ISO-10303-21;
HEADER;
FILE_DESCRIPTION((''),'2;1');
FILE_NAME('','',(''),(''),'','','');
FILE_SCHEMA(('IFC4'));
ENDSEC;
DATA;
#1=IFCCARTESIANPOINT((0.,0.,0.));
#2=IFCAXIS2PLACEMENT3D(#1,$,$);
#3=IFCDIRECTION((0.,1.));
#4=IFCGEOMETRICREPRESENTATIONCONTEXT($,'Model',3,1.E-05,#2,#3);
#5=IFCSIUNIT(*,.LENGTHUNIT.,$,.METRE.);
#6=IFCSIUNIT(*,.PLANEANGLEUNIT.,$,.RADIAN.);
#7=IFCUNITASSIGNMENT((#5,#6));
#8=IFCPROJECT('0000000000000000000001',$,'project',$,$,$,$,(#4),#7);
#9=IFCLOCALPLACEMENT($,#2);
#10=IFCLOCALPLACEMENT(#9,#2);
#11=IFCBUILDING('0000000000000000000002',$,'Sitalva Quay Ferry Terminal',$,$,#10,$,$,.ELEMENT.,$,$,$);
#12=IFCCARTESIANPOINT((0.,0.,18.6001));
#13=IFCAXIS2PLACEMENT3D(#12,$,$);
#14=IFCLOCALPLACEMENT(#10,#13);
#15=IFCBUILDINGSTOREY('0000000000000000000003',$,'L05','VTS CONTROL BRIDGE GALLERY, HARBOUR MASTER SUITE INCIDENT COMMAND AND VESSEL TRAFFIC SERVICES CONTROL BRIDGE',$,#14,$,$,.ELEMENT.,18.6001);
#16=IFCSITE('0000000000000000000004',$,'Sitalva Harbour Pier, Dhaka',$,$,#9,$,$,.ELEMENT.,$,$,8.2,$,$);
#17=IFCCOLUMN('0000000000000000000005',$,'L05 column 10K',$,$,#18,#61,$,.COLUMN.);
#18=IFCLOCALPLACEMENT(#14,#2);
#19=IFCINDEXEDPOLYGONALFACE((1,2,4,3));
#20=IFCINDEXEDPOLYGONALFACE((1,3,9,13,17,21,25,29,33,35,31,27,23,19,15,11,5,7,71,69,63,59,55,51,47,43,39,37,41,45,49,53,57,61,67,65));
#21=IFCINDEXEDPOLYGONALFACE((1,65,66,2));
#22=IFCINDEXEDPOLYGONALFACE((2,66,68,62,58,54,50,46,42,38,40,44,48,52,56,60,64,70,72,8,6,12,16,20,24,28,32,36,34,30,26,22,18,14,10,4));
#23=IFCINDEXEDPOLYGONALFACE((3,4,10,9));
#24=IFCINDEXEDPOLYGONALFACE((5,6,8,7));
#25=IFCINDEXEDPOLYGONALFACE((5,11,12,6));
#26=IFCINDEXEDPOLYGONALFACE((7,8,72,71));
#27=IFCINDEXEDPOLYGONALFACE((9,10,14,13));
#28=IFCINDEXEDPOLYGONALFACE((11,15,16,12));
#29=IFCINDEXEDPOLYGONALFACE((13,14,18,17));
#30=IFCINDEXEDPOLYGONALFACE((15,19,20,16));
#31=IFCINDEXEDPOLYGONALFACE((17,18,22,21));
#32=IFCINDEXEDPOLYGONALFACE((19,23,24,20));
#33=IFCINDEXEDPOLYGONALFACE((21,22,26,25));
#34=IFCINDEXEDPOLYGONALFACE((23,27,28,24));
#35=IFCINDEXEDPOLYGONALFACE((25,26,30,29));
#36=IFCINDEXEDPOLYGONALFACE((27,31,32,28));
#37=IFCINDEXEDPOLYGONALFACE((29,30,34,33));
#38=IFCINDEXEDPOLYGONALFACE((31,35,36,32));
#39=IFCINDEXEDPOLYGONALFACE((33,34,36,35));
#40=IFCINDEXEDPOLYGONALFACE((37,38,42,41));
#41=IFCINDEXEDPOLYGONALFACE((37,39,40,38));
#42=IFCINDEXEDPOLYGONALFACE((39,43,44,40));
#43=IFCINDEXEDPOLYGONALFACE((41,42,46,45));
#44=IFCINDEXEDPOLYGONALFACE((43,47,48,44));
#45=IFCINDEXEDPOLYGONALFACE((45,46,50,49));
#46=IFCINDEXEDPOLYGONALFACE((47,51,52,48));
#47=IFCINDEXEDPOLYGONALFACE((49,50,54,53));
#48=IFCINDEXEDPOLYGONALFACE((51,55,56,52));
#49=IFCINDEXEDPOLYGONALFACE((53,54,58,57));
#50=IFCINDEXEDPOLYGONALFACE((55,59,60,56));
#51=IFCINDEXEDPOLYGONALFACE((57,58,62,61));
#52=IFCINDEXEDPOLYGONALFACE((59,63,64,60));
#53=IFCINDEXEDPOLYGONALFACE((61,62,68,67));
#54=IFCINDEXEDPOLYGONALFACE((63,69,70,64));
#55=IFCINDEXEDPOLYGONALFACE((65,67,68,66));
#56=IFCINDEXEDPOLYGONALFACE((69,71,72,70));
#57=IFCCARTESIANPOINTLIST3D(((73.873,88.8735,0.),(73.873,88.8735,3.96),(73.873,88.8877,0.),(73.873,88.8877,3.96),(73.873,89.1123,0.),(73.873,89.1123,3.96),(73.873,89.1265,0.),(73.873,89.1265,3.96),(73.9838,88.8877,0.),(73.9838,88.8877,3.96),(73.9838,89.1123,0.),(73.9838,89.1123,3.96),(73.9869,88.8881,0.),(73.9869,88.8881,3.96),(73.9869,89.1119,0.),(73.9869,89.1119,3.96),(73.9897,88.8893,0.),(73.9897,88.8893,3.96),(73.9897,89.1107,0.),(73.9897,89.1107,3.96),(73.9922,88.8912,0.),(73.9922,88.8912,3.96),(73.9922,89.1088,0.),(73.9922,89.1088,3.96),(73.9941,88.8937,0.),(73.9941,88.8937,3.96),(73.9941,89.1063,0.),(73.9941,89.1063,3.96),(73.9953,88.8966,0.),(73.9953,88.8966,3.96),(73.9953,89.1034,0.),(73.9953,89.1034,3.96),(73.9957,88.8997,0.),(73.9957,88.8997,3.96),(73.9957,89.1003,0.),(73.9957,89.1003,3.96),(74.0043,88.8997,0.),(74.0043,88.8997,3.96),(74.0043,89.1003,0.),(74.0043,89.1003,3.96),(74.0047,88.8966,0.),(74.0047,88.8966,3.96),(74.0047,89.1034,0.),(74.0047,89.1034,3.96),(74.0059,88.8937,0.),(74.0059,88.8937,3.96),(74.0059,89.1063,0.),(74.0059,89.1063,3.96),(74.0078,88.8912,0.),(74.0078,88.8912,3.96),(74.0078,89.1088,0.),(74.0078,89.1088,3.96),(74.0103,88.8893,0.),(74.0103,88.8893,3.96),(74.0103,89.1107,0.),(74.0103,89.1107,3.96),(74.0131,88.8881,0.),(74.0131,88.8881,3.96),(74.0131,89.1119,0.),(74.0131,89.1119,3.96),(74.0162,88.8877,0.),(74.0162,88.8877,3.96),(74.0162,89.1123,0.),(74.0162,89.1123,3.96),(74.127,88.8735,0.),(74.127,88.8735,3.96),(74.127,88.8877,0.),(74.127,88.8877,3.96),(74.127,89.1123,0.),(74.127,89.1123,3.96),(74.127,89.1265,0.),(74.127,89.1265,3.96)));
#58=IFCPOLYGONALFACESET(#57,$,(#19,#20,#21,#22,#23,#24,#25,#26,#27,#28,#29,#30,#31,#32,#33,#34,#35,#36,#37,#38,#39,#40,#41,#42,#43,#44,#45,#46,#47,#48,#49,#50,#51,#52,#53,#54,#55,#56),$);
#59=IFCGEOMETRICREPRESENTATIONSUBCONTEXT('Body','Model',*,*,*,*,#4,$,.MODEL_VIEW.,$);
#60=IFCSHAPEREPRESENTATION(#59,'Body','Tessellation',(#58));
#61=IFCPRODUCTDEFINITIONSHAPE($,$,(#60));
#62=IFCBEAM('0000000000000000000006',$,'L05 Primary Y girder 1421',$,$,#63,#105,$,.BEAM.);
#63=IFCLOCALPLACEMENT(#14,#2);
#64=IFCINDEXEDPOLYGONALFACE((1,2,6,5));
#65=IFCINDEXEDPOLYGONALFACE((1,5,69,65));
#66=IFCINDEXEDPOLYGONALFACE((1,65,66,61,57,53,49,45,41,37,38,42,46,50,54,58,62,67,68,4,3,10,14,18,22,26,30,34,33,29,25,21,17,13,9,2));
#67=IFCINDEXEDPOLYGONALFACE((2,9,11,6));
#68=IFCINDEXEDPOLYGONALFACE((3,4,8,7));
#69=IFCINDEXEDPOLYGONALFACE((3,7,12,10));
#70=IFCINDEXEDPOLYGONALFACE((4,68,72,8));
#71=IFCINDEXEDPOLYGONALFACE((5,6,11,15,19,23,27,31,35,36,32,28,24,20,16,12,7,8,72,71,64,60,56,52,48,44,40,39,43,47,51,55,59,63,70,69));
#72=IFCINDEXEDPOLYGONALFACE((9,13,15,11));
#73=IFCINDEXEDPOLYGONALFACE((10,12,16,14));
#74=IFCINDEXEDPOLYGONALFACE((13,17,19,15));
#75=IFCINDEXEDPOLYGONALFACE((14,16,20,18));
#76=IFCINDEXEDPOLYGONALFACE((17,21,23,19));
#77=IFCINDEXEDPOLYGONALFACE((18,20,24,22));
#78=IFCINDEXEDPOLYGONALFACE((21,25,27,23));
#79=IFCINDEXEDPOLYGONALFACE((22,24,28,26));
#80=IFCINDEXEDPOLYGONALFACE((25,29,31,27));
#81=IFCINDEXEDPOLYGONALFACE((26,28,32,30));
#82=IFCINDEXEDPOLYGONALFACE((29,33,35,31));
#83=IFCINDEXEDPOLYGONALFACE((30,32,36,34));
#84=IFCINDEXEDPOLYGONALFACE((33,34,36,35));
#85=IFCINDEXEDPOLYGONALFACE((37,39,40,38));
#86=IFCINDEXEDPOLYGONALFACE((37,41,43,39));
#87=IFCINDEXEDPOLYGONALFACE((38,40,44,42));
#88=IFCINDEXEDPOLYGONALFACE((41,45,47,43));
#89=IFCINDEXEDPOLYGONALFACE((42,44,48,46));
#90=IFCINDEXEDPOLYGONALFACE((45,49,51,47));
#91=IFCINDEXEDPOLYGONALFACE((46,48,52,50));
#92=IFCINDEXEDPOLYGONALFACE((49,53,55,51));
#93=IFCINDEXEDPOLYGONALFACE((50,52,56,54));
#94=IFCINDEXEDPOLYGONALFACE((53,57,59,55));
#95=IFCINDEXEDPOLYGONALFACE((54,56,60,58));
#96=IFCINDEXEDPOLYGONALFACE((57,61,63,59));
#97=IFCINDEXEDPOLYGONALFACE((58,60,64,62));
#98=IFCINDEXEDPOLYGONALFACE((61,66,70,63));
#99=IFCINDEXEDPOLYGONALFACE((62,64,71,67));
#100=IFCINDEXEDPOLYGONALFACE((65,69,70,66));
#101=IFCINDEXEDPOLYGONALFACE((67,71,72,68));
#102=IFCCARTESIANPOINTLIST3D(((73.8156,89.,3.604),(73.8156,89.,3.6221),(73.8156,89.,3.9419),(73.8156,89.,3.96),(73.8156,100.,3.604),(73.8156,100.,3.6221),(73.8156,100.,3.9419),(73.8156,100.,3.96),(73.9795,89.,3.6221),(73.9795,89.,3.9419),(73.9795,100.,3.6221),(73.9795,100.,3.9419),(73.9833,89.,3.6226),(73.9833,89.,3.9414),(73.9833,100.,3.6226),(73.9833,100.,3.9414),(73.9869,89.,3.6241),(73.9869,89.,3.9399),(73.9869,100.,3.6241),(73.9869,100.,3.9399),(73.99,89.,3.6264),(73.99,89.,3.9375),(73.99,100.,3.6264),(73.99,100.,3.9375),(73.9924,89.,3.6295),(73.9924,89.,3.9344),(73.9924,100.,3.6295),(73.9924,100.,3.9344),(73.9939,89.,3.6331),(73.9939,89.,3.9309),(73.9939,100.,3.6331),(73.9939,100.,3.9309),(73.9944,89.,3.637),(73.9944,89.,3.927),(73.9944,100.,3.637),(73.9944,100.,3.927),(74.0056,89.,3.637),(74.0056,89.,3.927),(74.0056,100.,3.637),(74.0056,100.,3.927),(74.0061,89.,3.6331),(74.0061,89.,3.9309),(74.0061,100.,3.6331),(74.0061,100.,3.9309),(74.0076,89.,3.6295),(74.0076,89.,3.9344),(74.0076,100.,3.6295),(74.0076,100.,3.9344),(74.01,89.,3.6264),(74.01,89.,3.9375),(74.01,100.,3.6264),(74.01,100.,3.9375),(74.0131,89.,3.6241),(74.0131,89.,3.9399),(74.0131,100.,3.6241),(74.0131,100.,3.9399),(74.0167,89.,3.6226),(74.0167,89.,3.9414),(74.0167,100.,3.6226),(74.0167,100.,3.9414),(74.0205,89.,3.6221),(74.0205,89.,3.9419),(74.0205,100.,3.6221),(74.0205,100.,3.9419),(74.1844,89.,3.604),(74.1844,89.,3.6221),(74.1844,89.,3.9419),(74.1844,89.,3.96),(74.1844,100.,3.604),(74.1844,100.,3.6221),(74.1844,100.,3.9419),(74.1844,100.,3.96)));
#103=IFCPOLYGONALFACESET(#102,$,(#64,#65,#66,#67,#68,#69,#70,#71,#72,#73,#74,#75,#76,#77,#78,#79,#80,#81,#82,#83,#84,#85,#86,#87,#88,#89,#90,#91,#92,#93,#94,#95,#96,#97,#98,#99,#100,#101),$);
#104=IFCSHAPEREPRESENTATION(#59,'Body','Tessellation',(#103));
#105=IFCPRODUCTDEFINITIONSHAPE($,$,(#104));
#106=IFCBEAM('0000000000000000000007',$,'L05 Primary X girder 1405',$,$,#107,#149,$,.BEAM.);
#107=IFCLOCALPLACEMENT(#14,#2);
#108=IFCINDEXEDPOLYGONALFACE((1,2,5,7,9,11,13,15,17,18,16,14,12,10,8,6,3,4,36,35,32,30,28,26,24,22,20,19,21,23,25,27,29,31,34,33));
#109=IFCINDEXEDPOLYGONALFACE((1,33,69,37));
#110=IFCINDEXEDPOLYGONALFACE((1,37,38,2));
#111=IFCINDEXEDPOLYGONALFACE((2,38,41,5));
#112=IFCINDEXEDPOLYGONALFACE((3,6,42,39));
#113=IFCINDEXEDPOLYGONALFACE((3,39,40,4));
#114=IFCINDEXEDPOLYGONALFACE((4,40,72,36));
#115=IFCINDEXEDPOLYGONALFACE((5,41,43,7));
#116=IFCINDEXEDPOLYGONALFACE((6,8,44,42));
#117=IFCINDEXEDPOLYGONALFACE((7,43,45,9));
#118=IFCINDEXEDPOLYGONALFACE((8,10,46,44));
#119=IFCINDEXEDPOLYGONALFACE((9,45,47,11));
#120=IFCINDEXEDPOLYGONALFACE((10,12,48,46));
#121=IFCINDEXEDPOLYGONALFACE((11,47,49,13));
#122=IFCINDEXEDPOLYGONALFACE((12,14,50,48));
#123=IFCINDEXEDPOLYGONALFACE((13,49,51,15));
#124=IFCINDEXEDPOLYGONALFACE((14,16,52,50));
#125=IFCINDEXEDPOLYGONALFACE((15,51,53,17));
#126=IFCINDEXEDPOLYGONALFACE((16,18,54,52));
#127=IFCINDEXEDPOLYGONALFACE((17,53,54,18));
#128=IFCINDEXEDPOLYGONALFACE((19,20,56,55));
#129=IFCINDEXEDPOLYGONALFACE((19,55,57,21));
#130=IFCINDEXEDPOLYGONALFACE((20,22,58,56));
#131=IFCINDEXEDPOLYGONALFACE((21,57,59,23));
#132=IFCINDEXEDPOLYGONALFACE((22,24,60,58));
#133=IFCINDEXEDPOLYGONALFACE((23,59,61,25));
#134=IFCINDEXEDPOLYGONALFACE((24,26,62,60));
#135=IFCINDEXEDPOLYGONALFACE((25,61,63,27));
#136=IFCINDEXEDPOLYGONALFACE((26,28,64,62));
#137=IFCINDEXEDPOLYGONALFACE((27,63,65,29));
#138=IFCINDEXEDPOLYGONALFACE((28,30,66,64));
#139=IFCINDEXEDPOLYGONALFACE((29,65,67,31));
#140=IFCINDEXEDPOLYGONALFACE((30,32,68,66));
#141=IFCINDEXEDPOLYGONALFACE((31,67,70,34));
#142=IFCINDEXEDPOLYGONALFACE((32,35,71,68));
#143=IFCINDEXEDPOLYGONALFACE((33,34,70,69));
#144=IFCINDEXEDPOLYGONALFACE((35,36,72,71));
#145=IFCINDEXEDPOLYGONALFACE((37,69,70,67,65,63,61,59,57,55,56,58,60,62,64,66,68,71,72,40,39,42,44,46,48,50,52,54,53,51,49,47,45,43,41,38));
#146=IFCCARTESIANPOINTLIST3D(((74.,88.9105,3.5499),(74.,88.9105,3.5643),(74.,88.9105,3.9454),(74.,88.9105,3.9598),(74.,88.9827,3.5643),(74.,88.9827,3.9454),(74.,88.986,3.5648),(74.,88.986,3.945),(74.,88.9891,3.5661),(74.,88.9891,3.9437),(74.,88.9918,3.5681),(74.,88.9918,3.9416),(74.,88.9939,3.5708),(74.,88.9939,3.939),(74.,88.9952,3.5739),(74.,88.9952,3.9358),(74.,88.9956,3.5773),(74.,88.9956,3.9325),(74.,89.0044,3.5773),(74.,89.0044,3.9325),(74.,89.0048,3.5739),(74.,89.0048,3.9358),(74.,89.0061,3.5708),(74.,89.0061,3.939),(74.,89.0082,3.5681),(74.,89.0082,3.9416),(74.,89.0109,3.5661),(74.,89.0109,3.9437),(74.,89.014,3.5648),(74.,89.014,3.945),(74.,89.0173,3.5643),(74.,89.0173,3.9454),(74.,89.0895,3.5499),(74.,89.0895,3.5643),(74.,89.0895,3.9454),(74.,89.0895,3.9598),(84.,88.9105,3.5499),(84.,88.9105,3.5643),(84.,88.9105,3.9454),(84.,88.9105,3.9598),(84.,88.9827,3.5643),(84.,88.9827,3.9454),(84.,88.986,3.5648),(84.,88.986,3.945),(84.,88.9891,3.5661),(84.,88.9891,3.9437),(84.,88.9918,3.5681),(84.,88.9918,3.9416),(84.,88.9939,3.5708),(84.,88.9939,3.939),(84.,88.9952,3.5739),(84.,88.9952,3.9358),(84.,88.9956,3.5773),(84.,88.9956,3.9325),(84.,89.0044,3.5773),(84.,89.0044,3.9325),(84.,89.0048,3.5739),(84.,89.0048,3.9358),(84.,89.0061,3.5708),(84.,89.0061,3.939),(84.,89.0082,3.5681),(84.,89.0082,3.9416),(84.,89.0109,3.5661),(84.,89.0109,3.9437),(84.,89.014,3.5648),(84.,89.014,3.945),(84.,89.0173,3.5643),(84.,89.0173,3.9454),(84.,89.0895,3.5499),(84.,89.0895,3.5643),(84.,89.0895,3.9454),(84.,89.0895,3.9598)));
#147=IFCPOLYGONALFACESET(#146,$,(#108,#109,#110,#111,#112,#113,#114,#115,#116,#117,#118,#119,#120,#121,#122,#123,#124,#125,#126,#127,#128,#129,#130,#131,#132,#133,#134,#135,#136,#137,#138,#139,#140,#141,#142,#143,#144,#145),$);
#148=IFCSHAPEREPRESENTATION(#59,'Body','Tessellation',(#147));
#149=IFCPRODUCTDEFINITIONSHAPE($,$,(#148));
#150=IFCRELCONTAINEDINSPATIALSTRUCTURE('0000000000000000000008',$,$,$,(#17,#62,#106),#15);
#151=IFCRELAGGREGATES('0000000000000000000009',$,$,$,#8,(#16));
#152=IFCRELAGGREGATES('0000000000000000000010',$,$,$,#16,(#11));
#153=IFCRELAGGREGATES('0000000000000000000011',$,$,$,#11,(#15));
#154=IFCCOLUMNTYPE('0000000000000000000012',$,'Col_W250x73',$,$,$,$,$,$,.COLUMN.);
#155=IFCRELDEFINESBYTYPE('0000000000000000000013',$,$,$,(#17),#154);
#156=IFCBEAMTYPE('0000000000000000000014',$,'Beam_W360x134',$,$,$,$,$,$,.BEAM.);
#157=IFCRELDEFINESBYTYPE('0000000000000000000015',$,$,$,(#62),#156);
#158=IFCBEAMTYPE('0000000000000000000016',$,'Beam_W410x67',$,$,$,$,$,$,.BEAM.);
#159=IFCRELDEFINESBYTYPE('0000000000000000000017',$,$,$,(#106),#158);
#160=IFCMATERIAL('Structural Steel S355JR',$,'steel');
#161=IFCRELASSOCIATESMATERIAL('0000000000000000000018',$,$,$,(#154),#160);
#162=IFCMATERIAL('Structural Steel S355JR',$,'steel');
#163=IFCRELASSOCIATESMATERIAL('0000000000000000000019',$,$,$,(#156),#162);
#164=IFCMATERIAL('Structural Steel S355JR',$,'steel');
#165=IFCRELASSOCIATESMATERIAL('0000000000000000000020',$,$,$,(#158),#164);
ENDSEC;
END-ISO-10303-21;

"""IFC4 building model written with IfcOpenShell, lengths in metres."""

from ifc_helpers import new_model, si_unit, direction, frame, origin, origin_2d, place, context, subcontext, project, spatial, i_section, extrude, material, material_profile, profile_set, type_object, element, save


model = new_model("IFC4")

# Units and contexts
model_context = context("Model", 3, precision=1e-05, world=origin(), true_north=direction((0.0, 1.0)))
body_context = subcontext(model_context, "Body", "Model", "MODEL_VIEW")
ifc_project = project(units=[si_unit("LENGTHUNIT", "METRE"), si_unit("PLANEANGLEUNIT", "RADIAN")], contexts=[model_context])

# Site, building, storey
site_placement = place(None, origin())
site = spatial("IfcSite", under=ifc_project, at=site_placement, Name="Sitalva Harbour Pier, Dhaka", CompositionType="ELEMENT", RefElevation=8.2)
building_placement = place(site_placement, origin())
building = spatial("IfcBuilding", under=site, at=building_placement, Name="Sitalva Quay Ferry Terminal", CompositionType="ELEMENT")
storey_placement = place(building_placement, frame((0.0, 0.0, 18.6001)))
storey = spatial("IfcBuildingStorey", under=building, at=storey_placement, Name="L05", Description="VTS CONTROL BRIDGE GALLERY, HARBOUR MASTER SUITE INCIDENT COMMAND AND VESSEL TRAFFIC SERVICES CONTROL BRIDGE", CompositionType="ELEMENT", Elevation=18.6001)

# Column
ifc_material_1 = material(Name="Structural Steel S355JR", Category="steel")
ifc_material_profile_1 = material_profile(ifc_material_1, i_section(OverallWidth=0.2539, OverallDepth=0.2529, WebThickness=0.0085, FlangeThickness=0.0142, FilletRadius=0.012, at=origin_2d()), Name="W250x73")
ifc_profile_set_1 = profile_set([ifc_material_profile_1], Name="Structural Steel S355JR")
column_type = type_object("IfcColumnType", Name="Col_W250x73", PredefinedType="COLUMN", material=ifc_profile_set_1)
column_placement = place(storey_placement, frame((74.0, 89.0, 0.0), z_axis=(0.0, 0.0, 1.0), x_axis=(1.0, 0.0, 0.0)))
element("IfcColumn", 1, at=column_placement, inside=storey, type_object=column_type, Name="L05 column 10K", PredefinedType="COLUMN", context=body_context, shape_type="SweptSolid", body=[
    extrude(i_section(OverallWidth=0.2539, OverallDepth=0.2529, WebThickness=0.0085, FlangeThickness=0.0142, FilletRadius=0.012, at=origin_2d()), origin(), (0.0, 0.0, 1.0), 3.96),
])

# Beams
ifc_material_2 = material(Name="Structural Steel S355JR", Category="steel")
ifc_material_profile_2 = material_profile(ifc_material_2, i_section(OverallWidth=0.3689, OverallDepth=0.356, WebThickness=0.0112, FlangeThickness=0.0181, FilletRadius=0.0149, at=origin_2d()), Name="W360x134")
ifc_profile_set_2 = profile_set([ifc_material_profile_2], Name="Structural Steel S355JR")
beam_type_1 = type_object("IfcBeamType", Name="Beam_W360x134", PredefinedType="BEAM", material=ifc_profile_set_2)
beam_1_placement = place(storey_placement, frame((74.0, 89.0, 3.782), z_axis=(0.0, 1.0, 0.0), x_axis=(-1.0, 0.0, 0.0)))
element("IfcBeam", 2, at=beam_1_placement, inside=storey, type_object=beam_type_1, Name="L05 Primary Y girder 1421", PredefinedType="BEAM", context=body_context, shape_type="SweptSolid", body=[
    extrude(i_section(OverallWidth=0.3689, OverallDepth=0.356, WebThickness=0.0112, FlangeThickness=0.0181, FilletRadius=0.0149, at=origin_2d()), origin(), (0.0, 0.0, 1.0), 11.0),
])
ifc_material_3 = material(Name="Structural Steel S355JR", Category="steel")
ifc_material_profile_3 = material_profile(ifc_material_3, i_section(OverallWidth=0.179, OverallDepth=0.4099, WebThickness=0.0088, FlangeThickness=0.0144, FilletRadius=0.0129, at=origin_2d()), Name="W410x67")
ifc_profile_set_3 = profile_set([ifc_material_profile_3], Name="Structural Steel S355JR")
beam_type_2 = type_object("IfcBeamType", Name="Beam_W410x67", PredefinedType="BEAM", material=ifc_profile_set_3)
beam_2_placement = place(storey_placement, frame((74.0, 89.0, 3.7549), z_axis=(1.0, 0.0, 0.0), x_axis=(0.0, 1.0, 0.0)))
element("IfcBeam", 3, at=beam_2_placement, inside=storey, type_object=beam_type_2, Name="L05 Primary X girder 1405", PredefinedType="BEAM", context=body_context, shape_type="SweptSolid", body=[
    extrude(i_section(OverallWidth=0.179, OverallDepth=0.4099, WebThickness=0.0088, FlangeThickness=0.0144, FilletRadius=0.0129, at=origin_2d()), origin(), (0.0, 0.0, 1.0), 10.0),
])

save(model, "model.ifc")
